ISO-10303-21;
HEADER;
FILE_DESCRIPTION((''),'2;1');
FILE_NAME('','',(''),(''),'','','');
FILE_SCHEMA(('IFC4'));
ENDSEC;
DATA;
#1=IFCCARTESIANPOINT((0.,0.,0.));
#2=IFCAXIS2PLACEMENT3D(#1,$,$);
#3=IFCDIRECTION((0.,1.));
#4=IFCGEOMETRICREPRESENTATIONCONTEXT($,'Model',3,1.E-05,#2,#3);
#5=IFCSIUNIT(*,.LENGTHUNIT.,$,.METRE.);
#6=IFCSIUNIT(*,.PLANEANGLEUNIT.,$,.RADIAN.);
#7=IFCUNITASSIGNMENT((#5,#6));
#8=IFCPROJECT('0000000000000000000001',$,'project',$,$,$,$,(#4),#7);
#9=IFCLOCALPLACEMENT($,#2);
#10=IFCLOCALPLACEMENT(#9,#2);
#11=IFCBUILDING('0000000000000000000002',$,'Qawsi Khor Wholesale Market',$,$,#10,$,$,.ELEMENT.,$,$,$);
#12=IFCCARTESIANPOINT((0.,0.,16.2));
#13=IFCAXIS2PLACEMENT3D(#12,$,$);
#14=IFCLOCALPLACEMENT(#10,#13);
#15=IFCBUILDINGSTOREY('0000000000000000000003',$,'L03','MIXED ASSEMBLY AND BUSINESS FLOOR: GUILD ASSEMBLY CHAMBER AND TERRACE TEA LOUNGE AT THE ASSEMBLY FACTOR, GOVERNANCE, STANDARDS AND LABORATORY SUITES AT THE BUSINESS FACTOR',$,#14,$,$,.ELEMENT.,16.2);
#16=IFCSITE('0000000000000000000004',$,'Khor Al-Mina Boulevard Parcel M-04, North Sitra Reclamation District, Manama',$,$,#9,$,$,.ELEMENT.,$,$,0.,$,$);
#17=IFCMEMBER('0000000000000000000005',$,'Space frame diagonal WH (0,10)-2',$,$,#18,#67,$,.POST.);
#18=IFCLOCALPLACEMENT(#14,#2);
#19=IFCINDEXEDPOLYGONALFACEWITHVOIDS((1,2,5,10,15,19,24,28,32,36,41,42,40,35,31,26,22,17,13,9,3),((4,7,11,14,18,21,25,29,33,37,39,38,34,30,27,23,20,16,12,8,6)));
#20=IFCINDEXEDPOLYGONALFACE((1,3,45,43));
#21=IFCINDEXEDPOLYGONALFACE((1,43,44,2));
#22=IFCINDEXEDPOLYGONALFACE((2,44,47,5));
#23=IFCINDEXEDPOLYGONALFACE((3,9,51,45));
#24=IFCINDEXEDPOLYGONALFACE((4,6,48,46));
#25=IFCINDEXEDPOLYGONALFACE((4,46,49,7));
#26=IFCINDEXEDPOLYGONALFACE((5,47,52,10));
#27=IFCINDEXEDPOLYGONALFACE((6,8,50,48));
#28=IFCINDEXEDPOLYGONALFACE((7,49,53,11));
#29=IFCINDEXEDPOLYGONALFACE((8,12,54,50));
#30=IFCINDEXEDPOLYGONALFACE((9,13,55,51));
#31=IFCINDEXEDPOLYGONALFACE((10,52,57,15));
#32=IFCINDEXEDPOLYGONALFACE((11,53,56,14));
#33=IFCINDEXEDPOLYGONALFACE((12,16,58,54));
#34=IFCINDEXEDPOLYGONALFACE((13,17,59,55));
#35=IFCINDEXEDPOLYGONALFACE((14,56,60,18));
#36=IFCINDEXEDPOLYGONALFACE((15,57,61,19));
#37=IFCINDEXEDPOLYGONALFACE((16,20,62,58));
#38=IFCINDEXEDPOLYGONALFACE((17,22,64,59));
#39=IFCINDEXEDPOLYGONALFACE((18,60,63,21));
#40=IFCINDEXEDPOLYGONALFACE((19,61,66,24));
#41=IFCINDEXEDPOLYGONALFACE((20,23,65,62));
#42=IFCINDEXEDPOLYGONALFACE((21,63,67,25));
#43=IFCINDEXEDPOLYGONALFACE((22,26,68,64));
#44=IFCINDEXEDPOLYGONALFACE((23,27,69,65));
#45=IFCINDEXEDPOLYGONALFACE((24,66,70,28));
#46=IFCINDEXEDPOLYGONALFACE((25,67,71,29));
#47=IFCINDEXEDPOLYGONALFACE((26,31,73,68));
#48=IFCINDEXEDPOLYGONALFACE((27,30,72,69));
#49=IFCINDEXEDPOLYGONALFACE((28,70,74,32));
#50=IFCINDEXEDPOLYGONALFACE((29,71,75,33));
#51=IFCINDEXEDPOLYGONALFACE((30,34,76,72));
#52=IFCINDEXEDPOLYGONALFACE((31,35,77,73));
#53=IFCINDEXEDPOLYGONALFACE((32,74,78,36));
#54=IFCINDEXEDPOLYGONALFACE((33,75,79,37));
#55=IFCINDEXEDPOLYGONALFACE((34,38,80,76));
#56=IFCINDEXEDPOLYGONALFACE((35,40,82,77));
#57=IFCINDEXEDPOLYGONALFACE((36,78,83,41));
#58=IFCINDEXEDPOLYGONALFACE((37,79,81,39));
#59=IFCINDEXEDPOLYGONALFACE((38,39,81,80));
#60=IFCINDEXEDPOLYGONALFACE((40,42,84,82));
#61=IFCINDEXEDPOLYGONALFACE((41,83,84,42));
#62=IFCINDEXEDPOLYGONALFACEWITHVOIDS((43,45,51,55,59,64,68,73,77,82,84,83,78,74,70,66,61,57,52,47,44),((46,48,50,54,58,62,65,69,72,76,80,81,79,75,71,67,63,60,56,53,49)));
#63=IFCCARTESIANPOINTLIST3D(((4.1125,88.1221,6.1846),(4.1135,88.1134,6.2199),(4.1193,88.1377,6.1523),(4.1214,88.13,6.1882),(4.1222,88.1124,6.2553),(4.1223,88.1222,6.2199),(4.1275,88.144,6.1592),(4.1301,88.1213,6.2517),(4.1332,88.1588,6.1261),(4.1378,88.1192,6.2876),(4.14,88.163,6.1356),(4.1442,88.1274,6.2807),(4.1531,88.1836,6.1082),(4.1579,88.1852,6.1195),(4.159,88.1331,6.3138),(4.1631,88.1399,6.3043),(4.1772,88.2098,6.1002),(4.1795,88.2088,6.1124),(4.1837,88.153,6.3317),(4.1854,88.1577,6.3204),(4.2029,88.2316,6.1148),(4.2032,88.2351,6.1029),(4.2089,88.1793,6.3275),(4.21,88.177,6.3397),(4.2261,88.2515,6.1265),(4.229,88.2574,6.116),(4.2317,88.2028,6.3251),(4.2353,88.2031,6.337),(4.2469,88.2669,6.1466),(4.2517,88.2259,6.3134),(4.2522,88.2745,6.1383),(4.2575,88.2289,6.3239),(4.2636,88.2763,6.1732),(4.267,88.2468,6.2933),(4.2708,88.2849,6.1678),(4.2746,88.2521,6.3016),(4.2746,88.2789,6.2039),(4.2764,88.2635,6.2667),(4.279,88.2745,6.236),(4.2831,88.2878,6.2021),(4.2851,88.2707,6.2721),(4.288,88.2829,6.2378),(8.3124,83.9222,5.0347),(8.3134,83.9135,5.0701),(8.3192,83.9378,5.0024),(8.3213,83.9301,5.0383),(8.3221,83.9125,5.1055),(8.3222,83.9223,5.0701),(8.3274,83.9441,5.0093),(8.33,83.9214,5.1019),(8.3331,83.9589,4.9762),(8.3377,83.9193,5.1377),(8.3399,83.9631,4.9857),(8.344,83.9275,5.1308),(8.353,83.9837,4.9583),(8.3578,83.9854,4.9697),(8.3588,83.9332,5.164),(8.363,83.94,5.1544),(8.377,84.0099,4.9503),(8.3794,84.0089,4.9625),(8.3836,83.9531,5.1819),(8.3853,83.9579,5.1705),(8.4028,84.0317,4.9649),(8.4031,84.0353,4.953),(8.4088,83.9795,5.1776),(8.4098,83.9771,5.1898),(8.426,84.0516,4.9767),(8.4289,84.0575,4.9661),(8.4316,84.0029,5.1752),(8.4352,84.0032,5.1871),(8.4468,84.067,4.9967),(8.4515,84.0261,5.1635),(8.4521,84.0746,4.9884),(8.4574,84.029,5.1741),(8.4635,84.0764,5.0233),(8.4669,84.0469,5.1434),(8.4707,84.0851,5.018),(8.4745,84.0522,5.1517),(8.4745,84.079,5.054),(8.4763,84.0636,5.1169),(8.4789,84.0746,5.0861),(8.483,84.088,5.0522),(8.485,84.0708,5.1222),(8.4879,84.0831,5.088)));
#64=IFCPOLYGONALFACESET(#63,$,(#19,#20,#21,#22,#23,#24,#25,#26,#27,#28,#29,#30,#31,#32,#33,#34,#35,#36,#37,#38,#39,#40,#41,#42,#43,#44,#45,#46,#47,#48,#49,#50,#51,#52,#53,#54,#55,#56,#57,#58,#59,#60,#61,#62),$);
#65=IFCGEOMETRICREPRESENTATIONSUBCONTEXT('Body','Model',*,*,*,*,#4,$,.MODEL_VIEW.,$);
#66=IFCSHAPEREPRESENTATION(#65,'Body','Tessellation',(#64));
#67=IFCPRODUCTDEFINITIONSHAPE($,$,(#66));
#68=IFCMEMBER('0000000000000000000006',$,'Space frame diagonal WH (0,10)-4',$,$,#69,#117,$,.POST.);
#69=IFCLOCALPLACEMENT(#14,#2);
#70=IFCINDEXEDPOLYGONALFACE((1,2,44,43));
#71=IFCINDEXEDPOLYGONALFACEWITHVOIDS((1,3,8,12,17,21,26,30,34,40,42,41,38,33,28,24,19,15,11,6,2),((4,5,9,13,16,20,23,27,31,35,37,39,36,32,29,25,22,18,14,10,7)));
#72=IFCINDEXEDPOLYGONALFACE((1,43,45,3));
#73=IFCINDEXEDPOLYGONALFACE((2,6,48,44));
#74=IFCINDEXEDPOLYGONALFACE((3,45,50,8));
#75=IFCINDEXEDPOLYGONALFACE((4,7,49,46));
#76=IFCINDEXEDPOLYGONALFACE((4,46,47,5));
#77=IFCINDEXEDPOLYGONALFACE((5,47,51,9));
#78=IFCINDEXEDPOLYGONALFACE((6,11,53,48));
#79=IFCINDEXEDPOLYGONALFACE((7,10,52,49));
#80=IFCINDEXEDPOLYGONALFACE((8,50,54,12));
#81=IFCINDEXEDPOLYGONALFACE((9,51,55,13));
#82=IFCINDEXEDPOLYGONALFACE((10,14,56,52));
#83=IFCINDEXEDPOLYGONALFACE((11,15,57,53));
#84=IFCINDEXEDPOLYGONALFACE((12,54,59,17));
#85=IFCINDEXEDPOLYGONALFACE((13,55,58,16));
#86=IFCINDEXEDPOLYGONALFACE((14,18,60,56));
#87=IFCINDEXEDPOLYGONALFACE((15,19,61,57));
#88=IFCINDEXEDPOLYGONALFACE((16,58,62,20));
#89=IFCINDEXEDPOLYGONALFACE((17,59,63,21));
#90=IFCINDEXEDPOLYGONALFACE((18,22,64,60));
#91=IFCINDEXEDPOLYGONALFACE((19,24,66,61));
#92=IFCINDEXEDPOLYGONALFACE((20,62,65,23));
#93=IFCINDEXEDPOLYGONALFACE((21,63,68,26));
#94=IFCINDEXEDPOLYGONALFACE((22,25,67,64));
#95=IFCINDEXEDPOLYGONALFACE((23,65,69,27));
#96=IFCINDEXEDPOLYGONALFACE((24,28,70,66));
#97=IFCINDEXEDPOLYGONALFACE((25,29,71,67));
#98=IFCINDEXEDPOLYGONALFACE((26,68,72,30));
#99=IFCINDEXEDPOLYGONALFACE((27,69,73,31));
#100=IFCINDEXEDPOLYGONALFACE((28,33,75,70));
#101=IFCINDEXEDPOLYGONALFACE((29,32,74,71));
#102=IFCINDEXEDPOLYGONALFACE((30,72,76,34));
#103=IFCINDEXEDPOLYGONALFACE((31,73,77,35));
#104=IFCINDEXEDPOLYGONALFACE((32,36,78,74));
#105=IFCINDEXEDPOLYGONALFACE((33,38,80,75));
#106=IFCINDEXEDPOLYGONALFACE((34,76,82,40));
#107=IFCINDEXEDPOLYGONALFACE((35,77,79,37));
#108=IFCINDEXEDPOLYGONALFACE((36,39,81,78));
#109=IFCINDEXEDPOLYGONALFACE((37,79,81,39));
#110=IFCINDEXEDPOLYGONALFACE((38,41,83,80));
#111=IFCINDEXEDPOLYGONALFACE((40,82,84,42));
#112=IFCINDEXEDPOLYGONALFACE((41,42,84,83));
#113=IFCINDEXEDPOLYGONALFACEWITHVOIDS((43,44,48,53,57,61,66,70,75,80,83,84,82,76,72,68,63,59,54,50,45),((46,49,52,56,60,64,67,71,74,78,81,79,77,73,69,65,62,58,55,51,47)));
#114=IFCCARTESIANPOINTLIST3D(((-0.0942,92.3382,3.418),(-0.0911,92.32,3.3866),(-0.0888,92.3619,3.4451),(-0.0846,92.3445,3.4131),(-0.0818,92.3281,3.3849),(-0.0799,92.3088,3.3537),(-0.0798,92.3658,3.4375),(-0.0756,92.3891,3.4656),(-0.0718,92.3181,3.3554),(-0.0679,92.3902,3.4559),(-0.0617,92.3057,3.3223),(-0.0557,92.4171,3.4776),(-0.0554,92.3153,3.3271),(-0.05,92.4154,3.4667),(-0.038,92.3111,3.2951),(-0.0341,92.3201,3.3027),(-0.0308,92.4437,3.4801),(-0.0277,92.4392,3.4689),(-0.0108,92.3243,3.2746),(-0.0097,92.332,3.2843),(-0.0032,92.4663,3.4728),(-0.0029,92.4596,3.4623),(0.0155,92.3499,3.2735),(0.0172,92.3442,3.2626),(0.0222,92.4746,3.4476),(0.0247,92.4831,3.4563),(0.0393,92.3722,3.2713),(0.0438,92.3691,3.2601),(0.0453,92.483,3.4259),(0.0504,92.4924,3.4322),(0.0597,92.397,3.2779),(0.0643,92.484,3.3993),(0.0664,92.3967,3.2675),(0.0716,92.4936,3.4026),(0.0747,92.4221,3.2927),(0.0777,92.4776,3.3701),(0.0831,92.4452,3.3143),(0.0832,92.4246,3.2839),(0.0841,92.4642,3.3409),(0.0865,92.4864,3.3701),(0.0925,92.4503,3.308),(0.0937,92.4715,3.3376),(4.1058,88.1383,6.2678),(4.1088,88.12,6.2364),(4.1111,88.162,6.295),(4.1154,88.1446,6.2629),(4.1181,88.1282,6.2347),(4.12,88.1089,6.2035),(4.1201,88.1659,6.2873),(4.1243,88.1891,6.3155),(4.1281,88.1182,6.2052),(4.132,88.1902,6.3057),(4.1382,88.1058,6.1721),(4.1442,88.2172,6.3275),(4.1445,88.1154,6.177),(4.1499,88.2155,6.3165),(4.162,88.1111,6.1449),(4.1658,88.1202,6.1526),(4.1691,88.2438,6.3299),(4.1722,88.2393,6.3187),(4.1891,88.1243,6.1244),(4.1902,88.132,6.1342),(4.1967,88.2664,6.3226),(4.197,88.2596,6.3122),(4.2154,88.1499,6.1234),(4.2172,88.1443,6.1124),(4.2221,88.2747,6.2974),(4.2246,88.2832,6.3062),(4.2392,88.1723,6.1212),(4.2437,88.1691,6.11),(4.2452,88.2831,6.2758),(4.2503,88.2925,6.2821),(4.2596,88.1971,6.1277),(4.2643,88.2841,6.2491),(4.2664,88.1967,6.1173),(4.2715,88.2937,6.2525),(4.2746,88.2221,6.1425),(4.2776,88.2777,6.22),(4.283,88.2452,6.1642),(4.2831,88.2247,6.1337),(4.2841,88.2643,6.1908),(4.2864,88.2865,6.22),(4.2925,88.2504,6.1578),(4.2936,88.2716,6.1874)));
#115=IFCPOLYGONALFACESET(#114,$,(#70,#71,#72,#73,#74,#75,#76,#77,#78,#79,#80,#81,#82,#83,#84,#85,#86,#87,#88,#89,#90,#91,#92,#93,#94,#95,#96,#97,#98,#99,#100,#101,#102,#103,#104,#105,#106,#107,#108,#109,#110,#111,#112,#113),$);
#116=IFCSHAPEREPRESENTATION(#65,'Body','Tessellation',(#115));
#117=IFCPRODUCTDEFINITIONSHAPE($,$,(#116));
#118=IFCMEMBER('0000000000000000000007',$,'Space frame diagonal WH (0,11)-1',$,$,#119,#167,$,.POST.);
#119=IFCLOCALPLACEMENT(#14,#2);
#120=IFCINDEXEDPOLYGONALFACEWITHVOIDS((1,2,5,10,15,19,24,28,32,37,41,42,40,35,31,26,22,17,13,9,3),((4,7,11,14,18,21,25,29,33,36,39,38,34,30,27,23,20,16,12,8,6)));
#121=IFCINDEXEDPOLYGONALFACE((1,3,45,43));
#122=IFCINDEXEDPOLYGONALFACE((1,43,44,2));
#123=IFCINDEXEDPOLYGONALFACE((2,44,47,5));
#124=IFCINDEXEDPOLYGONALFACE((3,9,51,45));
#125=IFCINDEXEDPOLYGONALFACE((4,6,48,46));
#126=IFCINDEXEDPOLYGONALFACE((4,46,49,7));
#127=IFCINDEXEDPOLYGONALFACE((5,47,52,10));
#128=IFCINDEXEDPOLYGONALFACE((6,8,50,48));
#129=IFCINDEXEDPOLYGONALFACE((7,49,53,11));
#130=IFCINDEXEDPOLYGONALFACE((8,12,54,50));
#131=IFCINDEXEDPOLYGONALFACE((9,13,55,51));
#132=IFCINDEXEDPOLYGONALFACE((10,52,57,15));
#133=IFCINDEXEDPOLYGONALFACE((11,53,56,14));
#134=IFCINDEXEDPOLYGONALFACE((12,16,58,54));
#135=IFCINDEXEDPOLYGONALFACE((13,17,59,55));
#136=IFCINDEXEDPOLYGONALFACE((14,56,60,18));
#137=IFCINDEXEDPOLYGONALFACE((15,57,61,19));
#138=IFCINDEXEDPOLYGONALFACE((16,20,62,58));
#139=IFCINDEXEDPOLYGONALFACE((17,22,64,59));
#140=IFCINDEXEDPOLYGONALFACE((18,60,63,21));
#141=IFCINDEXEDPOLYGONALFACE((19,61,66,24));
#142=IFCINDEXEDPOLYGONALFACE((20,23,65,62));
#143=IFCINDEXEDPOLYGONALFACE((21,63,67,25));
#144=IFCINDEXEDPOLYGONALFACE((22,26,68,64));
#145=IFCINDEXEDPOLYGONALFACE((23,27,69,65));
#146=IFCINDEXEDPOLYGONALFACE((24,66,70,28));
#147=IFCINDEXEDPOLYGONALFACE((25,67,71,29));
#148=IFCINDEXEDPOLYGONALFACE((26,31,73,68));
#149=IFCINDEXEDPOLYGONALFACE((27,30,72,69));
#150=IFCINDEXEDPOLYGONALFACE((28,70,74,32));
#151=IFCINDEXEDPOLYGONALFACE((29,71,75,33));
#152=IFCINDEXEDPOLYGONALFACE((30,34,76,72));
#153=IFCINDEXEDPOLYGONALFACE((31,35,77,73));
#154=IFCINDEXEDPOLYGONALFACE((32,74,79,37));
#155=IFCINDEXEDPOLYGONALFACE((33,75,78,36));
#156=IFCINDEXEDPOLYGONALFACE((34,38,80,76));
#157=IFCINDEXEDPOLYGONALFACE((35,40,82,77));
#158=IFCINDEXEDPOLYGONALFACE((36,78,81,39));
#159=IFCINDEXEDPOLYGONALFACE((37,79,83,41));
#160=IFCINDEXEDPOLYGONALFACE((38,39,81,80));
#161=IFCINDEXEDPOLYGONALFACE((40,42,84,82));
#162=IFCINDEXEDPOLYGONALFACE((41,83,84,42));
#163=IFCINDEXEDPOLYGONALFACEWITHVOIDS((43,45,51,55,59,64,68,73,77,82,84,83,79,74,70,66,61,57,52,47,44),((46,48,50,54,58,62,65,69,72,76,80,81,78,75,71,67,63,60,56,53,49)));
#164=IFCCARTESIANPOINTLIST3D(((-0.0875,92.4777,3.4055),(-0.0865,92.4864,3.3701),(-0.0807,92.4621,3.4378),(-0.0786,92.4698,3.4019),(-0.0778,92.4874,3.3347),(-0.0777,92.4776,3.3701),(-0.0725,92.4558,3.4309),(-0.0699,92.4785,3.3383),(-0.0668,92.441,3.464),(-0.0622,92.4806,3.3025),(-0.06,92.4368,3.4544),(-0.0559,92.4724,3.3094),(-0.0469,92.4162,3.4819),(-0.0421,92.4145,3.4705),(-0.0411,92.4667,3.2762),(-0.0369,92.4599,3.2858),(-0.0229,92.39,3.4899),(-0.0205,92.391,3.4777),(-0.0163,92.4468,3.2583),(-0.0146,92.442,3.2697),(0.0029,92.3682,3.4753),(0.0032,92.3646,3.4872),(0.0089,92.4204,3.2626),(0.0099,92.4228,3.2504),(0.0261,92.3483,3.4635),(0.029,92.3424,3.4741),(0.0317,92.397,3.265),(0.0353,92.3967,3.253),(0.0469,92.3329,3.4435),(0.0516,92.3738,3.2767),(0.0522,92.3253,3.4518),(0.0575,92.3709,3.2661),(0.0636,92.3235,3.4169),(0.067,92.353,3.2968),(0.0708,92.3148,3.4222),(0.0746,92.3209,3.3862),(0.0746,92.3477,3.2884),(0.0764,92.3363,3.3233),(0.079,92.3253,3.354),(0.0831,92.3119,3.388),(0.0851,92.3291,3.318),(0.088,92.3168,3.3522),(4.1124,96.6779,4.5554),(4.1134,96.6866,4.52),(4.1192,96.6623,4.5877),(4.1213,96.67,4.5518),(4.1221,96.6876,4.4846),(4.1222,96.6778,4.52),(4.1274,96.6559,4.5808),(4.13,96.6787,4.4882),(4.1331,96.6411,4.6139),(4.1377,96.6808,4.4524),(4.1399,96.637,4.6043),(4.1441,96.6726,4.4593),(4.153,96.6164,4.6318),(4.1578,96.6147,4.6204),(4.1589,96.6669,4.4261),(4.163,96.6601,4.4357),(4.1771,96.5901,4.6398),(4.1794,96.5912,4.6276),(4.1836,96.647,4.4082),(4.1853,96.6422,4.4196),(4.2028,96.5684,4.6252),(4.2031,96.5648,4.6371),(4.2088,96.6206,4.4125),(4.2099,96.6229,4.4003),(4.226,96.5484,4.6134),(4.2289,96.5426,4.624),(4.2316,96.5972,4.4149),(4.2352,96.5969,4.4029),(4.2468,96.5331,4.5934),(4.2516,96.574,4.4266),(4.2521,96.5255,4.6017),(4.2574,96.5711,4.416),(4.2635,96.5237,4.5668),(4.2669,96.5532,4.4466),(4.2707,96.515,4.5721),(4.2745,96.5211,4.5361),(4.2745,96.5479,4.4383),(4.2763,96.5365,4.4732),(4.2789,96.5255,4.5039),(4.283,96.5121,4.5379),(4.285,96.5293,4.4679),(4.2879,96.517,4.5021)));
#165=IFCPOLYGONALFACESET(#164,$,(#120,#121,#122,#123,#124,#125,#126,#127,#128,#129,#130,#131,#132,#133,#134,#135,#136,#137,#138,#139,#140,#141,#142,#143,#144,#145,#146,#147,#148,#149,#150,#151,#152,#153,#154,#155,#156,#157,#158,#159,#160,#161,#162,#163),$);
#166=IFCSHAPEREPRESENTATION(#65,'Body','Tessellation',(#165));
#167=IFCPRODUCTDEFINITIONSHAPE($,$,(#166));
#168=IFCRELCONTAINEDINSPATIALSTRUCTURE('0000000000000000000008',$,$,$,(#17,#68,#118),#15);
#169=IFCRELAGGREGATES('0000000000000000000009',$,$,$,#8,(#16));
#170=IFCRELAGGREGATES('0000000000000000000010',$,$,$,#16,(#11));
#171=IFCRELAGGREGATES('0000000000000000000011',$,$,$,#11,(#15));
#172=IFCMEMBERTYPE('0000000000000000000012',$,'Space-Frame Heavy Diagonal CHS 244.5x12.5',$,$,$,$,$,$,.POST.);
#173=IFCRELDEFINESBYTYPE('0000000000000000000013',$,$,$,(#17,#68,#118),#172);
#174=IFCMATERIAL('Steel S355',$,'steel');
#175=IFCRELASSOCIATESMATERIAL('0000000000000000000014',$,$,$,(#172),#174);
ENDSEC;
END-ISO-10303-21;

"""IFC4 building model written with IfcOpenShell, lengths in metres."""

from ifc_helpers import new_model, si_unit, direction, frame, origin, origin_2d, place, context, subcontext, project, spatial, hollow_circle, extrude, material, material_profile, profile_set, type_object, element, save


model = new_model("IFC4")

# Units and contexts
model_context = context("Model", 3, precision=1e-05, world=origin(), true_north=direction((0.0, 1.0)))
body_context = subcontext(model_context, "Body", "Model", "MODEL_VIEW")
ifc_project = project(units=[si_unit("LENGTHUNIT", "METRE"), si_unit("PLANEANGLEUNIT", "RADIAN")], contexts=[model_context])

# Site, building, storey
site_placement = place(None, origin())
site = spatial("IfcSite", under=ifc_project, at=site_placement, Name="Khor Al-Mina Boulevard Parcel M-04, North Sitra Reclamation District, Manama", CompositionType="ELEMENT", RefElevation=0.0)
building_placement = place(site_placement, origin())
building = spatial("IfcBuilding", under=site, at=building_placement, Name="Qawsi Khor Wholesale Market", CompositionType="ELEMENT")
storey_placement = place(building_placement, frame((0.0, 0.0, 16.2)))
storey = spatial("IfcBuildingStorey", under=building, at=storey_placement, Name="L03", Description="MIXED ASSEMBLY AND BUSINESS FLOOR: GUILD ASSEMBLY CHAMBER AND TERRACE TEA LOUNGE AT THE ASSEMBLY FACTOR, GOVERNANCE, STANDARDS AND LABORATORY SUITES AT THE BUSINESS FACTOR", CompositionType="ELEMENT", Elevation=16.2)

# Members
ifc_material_1 = material(Name="Steel S355", Category="steel")
ifc_material_profile_1 = material_profile(ifc_material_1, hollow_circle(Radius=0.1223, WallThickness=0.0125, at=origin_2d()), Name="CHS 244.5x12.5")
ifc_profile_set_1 = profile_set([ifc_material_profile_1], Name="Steel S355")
member_type_1 = type_object("IfcMemberType", Name="Space-Frame Heavy Diagonal CHS 244.5x12.5", PredefinedType="POST", material=ifc_profile_set_1)
member_1_placement = place(storey_placement, frame((8.3999, 84.0, 5.0701), z_axis=(-0.694217, 0.694217, 0.190069), x_axis=(-0.707107, -0.707107, 0.0)))
element("IfcMember", 1, at=member_1_placement, inside=storey, type_object=member_type_1, Name="Space frame diagonal WH (0,10)-2", PredefinedType="POST", context=body_context, shape_type="SweptSolid", body=[
    extrude(hollow_circle(Radius=0.1223, WallThickness=0.0125, at=origin_2d()), origin(), (0.0, 0.0, 1.0), 6.0498),
])
member_2_placement = place(storey_placement, frame((0.0, 92.3999, 3.3701), z_axis=(0.637522, -0.637522, 0.432587), x_axis=(0.707107, 0.707107, 0.0)))
element("IfcMember", 2, at=member_2_placement, inside=storey, type_object=member_type_1, Name="Space frame diagonal WH (0,10)-4", PredefinedType="POST", context=body_context, shape_type="SweptSolid", body=[
    extrude(hollow_circle(Radius=0.1223, WallThickness=0.0125, at=origin_2d()), origin(), (0.0, 0.0, 1.0), 6.5879),
])
member_3_placement = place(storey_placement, frame((0.0, 92.3999, 3.3701), z_axis=(0.694197, 0.694238, 0.190064), x_axis=(-0.707127, 0.707086, 0.0)))
element("IfcMember", 3, at=member_3_placement, inside=storey, type_object=member_type_1, Name="Space frame diagonal WH (0,11)-1", PredefinedType="POST", context=body_context, shape_type="SweptSolid", body=[
    extrude(hollow_circle(Radius=0.1223, WallThickness=0.0125, at=origin_2d()), origin(), (0.0, 0.0, 1.0), 6.05),
])

save(model, "model.ifc")
